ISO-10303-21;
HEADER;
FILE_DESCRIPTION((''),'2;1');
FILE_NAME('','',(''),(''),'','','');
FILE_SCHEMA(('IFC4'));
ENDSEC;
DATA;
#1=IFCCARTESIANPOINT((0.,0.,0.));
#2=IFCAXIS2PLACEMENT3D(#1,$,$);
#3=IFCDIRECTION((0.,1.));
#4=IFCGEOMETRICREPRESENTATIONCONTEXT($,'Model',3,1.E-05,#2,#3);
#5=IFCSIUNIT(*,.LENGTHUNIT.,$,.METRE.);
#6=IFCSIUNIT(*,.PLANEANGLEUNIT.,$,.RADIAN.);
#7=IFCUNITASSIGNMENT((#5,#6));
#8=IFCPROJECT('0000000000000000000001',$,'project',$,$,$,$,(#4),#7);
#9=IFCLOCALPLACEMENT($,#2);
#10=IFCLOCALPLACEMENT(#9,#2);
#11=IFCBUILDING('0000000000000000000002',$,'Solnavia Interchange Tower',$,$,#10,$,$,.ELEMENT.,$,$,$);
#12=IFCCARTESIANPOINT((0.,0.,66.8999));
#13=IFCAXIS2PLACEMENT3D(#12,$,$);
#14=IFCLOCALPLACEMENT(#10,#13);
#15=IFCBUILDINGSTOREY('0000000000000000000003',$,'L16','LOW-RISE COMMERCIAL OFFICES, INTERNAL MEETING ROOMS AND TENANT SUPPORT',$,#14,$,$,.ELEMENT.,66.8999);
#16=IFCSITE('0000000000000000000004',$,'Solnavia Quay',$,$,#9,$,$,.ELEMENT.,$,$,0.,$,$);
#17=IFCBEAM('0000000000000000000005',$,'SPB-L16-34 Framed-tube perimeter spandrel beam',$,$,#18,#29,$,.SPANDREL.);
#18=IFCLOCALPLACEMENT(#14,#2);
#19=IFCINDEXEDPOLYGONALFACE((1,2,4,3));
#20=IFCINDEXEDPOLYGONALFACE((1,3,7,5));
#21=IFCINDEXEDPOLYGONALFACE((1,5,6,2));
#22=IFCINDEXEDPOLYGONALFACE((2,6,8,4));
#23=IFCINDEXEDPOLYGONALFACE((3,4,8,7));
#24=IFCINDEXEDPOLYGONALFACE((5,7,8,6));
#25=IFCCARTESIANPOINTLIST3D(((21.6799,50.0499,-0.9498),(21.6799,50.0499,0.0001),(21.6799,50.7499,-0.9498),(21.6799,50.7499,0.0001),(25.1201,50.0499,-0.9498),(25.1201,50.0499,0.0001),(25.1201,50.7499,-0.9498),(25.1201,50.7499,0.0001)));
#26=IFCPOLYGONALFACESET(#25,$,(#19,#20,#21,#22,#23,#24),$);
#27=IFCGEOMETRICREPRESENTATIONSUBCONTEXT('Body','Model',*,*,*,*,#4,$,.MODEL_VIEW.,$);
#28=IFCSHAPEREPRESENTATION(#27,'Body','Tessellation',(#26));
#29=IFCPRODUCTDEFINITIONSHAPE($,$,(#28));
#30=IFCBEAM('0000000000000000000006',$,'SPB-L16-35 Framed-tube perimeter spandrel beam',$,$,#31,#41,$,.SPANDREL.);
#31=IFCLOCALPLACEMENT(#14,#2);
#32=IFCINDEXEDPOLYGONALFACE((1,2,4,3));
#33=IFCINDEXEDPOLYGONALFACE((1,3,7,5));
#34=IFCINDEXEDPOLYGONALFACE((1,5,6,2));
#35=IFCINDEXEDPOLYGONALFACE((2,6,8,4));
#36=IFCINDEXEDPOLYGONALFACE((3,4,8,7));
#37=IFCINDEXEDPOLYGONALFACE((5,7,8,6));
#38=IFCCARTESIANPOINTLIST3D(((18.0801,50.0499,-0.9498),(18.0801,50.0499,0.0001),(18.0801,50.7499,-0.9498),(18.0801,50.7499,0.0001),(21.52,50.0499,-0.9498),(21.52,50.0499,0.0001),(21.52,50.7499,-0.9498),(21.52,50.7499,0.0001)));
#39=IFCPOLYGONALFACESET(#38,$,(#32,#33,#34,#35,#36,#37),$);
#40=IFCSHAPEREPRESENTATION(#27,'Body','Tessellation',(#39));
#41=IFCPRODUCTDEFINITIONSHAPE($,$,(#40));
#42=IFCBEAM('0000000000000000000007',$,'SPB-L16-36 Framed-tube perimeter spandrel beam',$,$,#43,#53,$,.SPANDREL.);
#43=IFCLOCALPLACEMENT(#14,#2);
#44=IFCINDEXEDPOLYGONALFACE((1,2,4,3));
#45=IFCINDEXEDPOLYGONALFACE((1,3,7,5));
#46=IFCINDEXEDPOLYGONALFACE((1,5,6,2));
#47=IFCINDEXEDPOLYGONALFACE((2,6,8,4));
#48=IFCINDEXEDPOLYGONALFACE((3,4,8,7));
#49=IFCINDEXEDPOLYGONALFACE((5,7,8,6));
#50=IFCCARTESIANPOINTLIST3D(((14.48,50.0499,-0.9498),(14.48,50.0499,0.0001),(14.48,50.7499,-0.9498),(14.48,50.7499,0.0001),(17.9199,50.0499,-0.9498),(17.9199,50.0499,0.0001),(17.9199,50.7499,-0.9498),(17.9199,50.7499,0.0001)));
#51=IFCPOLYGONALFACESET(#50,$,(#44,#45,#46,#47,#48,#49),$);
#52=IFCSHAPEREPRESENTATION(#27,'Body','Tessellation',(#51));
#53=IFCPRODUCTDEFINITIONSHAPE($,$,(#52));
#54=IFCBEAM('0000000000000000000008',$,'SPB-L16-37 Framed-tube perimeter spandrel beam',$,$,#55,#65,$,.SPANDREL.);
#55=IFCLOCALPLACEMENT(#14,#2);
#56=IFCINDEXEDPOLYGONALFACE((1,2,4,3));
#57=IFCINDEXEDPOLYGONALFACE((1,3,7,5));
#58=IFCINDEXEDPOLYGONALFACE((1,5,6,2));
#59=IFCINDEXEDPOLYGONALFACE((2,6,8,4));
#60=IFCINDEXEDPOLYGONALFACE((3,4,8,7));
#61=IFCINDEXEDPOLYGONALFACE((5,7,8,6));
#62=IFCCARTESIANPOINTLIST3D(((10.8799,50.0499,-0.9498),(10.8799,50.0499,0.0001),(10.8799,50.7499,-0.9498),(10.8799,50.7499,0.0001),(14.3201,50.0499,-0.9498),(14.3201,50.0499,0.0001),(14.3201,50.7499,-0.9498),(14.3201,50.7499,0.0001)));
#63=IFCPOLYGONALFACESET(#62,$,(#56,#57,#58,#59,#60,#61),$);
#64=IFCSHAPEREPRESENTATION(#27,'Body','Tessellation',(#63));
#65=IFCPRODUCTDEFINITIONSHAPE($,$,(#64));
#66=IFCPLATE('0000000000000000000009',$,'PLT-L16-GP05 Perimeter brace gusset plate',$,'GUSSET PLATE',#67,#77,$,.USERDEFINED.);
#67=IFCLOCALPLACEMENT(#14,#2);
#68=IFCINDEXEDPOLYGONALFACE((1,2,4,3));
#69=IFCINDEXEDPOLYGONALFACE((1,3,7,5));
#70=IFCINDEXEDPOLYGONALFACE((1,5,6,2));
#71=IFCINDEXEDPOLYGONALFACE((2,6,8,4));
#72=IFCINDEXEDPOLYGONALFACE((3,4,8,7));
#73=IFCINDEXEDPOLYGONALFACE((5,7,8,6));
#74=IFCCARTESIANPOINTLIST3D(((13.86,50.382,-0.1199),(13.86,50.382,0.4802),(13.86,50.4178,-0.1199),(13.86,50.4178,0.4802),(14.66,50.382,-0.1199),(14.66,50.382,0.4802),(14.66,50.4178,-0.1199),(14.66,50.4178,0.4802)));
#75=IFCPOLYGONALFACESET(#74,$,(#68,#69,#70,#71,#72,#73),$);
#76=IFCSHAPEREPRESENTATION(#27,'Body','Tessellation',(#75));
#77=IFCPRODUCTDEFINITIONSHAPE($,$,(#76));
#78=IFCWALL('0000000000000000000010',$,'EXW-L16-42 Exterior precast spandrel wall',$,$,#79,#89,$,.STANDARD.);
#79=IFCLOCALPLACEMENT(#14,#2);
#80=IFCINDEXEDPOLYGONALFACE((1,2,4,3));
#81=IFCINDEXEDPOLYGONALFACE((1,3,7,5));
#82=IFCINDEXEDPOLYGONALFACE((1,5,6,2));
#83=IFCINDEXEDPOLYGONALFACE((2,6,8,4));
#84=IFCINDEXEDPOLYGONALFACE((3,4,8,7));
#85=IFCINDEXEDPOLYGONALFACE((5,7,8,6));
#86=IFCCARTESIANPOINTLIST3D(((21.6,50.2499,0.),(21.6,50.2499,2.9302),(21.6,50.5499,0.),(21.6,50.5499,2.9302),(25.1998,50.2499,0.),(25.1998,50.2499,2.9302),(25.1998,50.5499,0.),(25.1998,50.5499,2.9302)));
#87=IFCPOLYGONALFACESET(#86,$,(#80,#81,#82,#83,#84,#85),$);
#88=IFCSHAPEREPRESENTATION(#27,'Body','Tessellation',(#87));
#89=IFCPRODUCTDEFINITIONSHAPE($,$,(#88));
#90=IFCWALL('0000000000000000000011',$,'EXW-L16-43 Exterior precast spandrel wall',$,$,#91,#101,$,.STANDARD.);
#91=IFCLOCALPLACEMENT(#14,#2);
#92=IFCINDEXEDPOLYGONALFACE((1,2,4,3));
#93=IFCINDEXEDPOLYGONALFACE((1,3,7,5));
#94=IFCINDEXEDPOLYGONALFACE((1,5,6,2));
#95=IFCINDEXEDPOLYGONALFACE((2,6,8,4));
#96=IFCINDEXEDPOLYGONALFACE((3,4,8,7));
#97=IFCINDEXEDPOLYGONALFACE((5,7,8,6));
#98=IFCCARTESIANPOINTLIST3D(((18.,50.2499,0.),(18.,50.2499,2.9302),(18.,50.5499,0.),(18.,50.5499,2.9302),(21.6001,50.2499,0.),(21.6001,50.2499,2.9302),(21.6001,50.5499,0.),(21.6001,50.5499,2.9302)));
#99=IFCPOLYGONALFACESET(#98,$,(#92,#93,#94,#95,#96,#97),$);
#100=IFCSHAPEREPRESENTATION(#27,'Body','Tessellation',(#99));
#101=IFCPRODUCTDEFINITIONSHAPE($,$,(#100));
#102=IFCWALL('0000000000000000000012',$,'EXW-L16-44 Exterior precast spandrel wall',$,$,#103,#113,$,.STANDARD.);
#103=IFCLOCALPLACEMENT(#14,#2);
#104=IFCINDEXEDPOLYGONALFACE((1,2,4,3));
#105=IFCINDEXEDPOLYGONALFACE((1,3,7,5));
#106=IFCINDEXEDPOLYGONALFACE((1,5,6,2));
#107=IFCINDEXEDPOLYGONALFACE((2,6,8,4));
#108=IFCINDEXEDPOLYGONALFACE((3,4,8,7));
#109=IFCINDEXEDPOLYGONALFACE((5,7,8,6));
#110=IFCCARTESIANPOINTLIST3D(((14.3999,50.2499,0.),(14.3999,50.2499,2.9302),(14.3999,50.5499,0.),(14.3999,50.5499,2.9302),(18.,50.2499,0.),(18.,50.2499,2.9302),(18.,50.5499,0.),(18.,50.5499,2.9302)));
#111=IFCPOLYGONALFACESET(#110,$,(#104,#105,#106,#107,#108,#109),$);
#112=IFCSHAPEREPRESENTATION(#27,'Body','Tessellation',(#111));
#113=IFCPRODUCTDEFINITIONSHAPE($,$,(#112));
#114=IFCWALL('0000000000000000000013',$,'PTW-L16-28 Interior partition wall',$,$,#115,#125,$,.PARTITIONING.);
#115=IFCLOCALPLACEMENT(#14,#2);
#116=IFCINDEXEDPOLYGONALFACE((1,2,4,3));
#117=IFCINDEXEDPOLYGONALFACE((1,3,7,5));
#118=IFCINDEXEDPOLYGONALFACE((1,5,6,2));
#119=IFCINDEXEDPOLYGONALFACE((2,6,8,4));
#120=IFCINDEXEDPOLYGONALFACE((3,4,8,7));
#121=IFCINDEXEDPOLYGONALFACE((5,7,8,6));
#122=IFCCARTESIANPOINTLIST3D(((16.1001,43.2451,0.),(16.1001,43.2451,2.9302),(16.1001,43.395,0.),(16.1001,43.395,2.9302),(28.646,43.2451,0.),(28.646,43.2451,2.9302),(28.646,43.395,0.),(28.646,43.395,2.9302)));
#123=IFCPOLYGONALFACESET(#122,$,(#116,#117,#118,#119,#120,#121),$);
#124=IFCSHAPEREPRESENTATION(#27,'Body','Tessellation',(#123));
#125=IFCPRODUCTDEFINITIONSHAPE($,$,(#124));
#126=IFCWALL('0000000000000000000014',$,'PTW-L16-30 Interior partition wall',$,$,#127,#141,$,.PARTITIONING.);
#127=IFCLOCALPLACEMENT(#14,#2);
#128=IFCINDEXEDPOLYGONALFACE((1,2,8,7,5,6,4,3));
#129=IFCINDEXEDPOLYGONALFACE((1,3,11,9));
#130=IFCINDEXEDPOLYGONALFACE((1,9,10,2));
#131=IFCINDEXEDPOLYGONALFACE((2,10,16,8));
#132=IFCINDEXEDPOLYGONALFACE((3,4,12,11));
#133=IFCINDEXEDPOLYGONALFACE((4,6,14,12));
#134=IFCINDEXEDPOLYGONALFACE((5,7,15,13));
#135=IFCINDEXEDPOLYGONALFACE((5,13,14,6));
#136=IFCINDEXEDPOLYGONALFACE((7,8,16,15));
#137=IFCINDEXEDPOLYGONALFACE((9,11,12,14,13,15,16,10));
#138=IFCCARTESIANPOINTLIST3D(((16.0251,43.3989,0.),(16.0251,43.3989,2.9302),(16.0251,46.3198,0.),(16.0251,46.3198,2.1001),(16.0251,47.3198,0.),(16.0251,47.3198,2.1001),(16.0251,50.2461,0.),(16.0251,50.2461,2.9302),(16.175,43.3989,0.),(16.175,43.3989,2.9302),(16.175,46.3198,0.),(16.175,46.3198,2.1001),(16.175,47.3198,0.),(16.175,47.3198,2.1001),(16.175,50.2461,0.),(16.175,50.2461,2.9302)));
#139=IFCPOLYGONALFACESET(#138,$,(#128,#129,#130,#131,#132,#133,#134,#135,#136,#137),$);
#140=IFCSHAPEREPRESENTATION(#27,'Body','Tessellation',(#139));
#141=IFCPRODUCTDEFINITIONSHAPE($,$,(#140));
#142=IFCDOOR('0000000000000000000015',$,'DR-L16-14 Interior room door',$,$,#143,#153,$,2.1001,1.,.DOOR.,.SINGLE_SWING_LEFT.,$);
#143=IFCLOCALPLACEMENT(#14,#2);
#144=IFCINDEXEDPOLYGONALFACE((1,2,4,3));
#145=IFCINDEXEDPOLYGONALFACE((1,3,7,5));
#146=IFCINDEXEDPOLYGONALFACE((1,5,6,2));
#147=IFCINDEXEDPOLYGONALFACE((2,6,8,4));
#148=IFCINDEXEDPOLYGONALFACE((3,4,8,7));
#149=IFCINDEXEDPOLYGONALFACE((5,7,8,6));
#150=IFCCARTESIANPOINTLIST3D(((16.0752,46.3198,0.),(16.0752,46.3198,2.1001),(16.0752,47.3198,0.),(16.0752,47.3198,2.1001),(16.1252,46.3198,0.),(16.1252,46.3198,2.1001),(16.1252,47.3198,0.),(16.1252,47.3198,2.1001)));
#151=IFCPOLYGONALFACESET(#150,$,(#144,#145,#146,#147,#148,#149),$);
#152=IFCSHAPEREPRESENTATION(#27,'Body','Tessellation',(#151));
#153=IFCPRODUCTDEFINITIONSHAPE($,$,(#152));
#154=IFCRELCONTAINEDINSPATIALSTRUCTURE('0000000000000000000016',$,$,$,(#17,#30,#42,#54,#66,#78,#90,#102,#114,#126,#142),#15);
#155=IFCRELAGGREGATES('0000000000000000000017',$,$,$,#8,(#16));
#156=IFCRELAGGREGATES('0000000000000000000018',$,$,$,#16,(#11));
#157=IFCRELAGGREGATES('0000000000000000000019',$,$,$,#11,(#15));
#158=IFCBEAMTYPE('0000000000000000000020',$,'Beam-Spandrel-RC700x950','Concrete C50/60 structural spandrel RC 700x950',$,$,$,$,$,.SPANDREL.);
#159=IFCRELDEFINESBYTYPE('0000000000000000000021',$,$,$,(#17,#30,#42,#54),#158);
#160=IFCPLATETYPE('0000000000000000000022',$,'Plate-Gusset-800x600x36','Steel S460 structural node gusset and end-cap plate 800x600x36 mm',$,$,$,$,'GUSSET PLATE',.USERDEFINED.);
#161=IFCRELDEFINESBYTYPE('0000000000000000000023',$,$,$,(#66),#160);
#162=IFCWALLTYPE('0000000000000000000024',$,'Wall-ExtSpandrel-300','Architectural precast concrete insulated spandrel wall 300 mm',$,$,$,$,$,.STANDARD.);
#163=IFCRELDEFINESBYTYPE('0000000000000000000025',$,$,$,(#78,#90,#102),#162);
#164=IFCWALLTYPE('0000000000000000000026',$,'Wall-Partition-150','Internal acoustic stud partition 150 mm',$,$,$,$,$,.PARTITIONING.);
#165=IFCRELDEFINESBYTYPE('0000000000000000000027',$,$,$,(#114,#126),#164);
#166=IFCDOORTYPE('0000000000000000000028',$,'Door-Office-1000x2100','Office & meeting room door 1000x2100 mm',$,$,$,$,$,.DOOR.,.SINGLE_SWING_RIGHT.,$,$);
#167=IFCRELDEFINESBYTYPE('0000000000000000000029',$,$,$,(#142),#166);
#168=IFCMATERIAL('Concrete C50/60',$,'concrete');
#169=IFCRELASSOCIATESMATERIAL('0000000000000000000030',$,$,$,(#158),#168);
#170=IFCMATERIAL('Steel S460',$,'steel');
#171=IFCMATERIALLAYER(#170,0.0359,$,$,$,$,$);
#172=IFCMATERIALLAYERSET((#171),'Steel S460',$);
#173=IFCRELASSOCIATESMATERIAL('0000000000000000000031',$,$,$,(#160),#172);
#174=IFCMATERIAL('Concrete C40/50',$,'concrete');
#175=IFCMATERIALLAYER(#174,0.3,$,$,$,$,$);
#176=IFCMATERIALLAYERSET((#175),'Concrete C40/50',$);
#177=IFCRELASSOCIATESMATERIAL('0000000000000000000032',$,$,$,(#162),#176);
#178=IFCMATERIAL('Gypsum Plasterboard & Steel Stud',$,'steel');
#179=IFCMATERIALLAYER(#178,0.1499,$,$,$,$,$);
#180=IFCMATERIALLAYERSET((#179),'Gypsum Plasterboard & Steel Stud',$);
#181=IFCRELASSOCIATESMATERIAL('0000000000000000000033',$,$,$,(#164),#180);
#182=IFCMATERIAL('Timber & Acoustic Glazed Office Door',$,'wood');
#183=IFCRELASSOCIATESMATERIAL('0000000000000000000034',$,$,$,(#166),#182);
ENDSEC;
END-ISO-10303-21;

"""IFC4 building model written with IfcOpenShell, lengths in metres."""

from ifc_helpers import new_model, si_unit, direction, frame, frame_2d, origin, origin_2d, place, context, subcontext, project, spatial, rectangle, extrude, material, layer, layer_set, material_profile, profile_set, type_object, element, fill, save


model = new_model("IFC4")

# Units and contexts
model_context = context("Model", 3, precision=1e-05, world=origin(), true_north=direction((0.0, 1.0)))
body_context = subcontext(model_context, "Body", "Model", "MODEL_VIEW")
ifc_project = project(units=[si_unit("LENGTHUNIT", "METRE"), si_unit("PLANEANGLEUNIT", "RADIAN")], contexts=[model_context])

# Site, building, storey
site_placement = place(None, origin())
site = spatial("IfcSite", under=ifc_project, at=site_placement, Name="Solnavia Quay", CompositionType="ELEMENT", RefElevation=0.0)
building_placement = place(site_placement, origin())
building = spatial("IfcBuilding", under=site, at=building_placement, Name="Solnavia Interchange Tower", CompositionType="ELEMENT")
storey_placement = place(building_placement, frame((0.0, 0.0, 66.8999)))
storey = spatial("IfcBuildingStorey", under=building, at=storey_placement, Name="L16", Description="LOW-RISE COMMERCIAL OFFICES, INTERNAL MEETING ROOMS AND TENANT SUPPORT", CompositionType="ELEMENT", Elevation=66.8999)

# Beams
ifc_material_1 = material(Name="Steel S460", Category="steel")
ifc_material_2 = material(Name="Concrete C50/60", Category="concrete")
ifc_material_profile_1 = material_profile(ifc_material_2, rectangle(XDim=0.7, YDim=0.95, at=origin_2d()), Name="RC 700x950")
ifc_profile_set_1 = profile_set([ifc_material_profile_1], Name="Concrete C50/60")
beam_type_1 = type_object("IfcBeamType", Name="Beam-Spandrel-RC700x950", Description="Concrete C50/60 structural spandrel RC 700x950", PredefinedType="SPANDREL", material=ifc_profile_set_1)
beam_1_placement = place(storey_placement, frame((25.1201, 50.3999, -0.4749), z_axis=(-1.0, 0.0, 0.0), x_axis=(0.0, -1.0, 0.0)))
element("IfcBeam", 1, at=beam_1_placement, inside=storey, type_object=beam_type_1, Name="SPB-L16-34 Framed-tube perimeter spandrel beam", PredefinedType="SPANDREL", context=body_context, shape_type="SweptSolid", body=[
    extrude(rectangle(XDim=0.7, YDim=0.95, at=origin_2d()), origin(), (0.0, 0.0, 1.0), 3.4402),
])
for number, where, z_axis, x_axis, name in (
    (2, (21.52, 50.3999, -0.4749), (-1.0, 0.0, 0.0), (0.0, -1.0, 0.0), "SPB-L16-35 Framed-tube perimeter spandrel beam"),
    (3, (17.9199, 50.3999, -0.4749), (-1.0, 0.0, 0.0), (0.0, -1.0, 0.0), "SPB-L16-36 Framed-tube perimeter spandrel beam"),
):
    element("IfcBeam", number, at=place(storey_placement, frame(where, z_axis=z_axis, x_axis=x_axis)), inside=storey, type_object=beam_type_1, Name=name, PredefinedType="SPANDREL", context=body_context, shape_type="SweptSolid", body=[
        extrude(rectangle(XDim=0.7, YDim=0.95, at=origin_2d()), origin(), (0.0, 0.0, 1.0), 3.4399),
    ])
beam_2_placement = place(storey_placement, frame((14.3201, 50.3999, -0.4749), z_axis=(-1.0, 0.0, 0.0), x_axis=(0.0, -1.0, 0.0)))
element("IfcBeam", 4, at=beam_2_placement, inside=storey, type_object=beam_type_1, Name="SPB-L16-37 Framed-tube perimeter spandrel beam", PredefinedType="SPANDREL", context=body_context, shape_type="SweptSolid", body=[
    extrude(rectangle(XDim=0.7, YDim=0.95, at=origin_2d()), origin(), (0.0, 0.0, 1.0), 3.4402),
])

# Plate
ifc_layer_1 = layer(ifc_material_1, 0.0359)
ifc_layer_set_1 = layer_set([ifc_layer_1], Name="Steel S460")
plate_type = type_object("IfcPlateType", Name="Plate-Gusset-800x600x36", Description="Steel S460 structural node gusset and end-cap plate 800x600x36 mm", ElementType="GUSSET PLATE", PredefinedType="USERDEFINED", material=ifc_layer_set_1)
plate_placement = place(storey_placement, frame((14.26, 50.3999, -0.1199), z_axis=(0.0, 0.0, 1.0), x_axis=(-1.0, 0.0, 0.0)))
element("IfcPlate", 5, at=plate_placement, inside=storey, type_object=plate_type, Name="PLT-L16-GP05 Perimeter brace gusset plate", ObjectType="GUSSET PLATE", PredefinedType="USERDEFINED", context=body_context, shape_type="SweptSolid", body=[
    extrude(rectangle(XDim=0.8, YDim=0.0359, at=origin_2d()), origin(), (0.0, 0.0, 1.0), 0.6001),
])

# Walls
ifc_material_3 = material(Name="Concrete C40/50", Category="concrete")
ifc_layer_2 = layer(ifc_material_3, 0.3)
ifc_layer_set_2 = layer_set([ifc_layer_2], Name="Concrete C40/50")
wall_type_1 = type_object("IfcWallType", Name="Wall-ExtSpandrel-300", Description="Architectural precast concrete insulated spandrel wall 300 mm", PredefinedType="STANDARD", material=ifc_layer_set_2)
wall_1_placement = place(storey_placement, frame((21.6001, 50.3999, 0.0), z_axis=(0.0, 0.0, 1.0), x_axis=(1.0, 0.0, 0.0)))
element("IfcWall", 6, at=wall_1_placement, inside=storey, type_object=wall_type_1, Name="EXW-L16-42 Exterior precast spandrel wall", PredefinedType="STANDARD", context=body_context, shape_type="SweptSolid", body=[
    extrude(rectangle(XDim=3.5999, YDim=0.3, at=frame_2d((1.7998, 0.0))), origin(), (0.0, 0.0, 1.0), 2.9302),
])
for number, where, z_axis, x_axis, name in (
    (7, (18.0, 50.3999, 0.0), (0.0, 0.0, 1.0), (1.0, 0.0, 0.0), "EXW-L16-43 Exterior precast spandrel wall"),
    (8, (14.3999, 50.3999, 0.0), (0.0, 0.0, 1.0), (1.0, 0.0, 0.0), "EXW-L16-44 Exterior precast spandrel wall"),
):
    element("IfcWall", number, at=place(storey_placement, frame(where, z_axis=z_axis, x_axis=x_axis)), inside=storey, type_object=wall_type_1, Name=name, PredefinedType="STANDARD", context=body_context, shape_type="SweptSolid", body=[
        extrude(rectangle(XDim=3.6001, YDim=0.3, at=frame_2d((1.8, 0.0))), origin(), (0.0, 0.0, 1.0), 2.9302),
    ])
ifc_material_4 = material(Name="Gypsum Plasterboard & Steel Stud", Category="steel")
ifc_layer_3 = layer(ifc_material_4, 0.1499)
ifc_layer_set_3 = layer_set([ifc_layer_3], Name="Gypsum Plasterboard & Steel Stud")
wall_type_2 = type_object("IfcWallType", Name="Wall-Partition-150", Description="Internal acoustic stud partition 150 mm", PredefinedType="PARTITIONING", material=ifc_layer_set_3)
wall_2_placement = place(storey_placement, frame((16.1001, 43.3201, 0.0), z_axis=(0.0, 0.0, 1.0), x_axis=(1.0, 0.0, 0.0)))
element("IfcWall", 9, at=wall_2_placement, inside=storey, type_object=wall_type_2, Name="PTW-L16-28 Interior partition wall", PredefinedType="PARTITIONING", context=body_context, shape_type="SweptSolid", body=[
    extrude(rectangle(XDim=12.5459, YDim=0.1499, at=frame_2d((6.2729, 0.0))), origin(), (0.0, 0.0, 1.0), 2.9302),
])

# Wall, opening, door
wall_3_placement = place(storey_placement, frame((16.1001, 43.3989, 0.0), z_axis=(0.0, 0.0, 1.0), x_axis=(0.0, 1.0, 0.0)))
wall_3 = element("IfcWall", 10, at=wall_3_placement, inside=storey, type_object=wall_type_2, Name="PTW-L16-30 Interior partition wall", PredefinedType="PARTITIONING", context=body_context, shape_type="SweptSolid", body=[
    extrude(rectangle(XDim=6.8472, YDim=0.1499, at=frame_2d((3.4236, 0.0))), origin(), (0.0, 0.0, 1.0), 2.9302),
])
opening_placement = place(wall_3_placement, frame((2.9209, 0.0, 0.0)))
opening = element("IfcOpeningElement", 11, at=opening_placement, cuts=wall_3, PredefinedType="OPENING", context=body_context, shape_type="SweptSolid", body=[
    extrude(rectangle(XDim=1.0, YDim=2.1001, at=frame_2d((0.5, 1.05))), frame((0.0, 0.085, 0.0), z_axis=(0.0, -1.0, 0.0), x_axis=(1.0, 0.0, 0.0)), (0.0, 0.0, 1.0), 0.1699),
])
ifc_material_5 = material(Name="Timber & Acoustic Glazed Office Door", Category="wood")
door_type = type_object("IfcDoorType", Name="Door-Office-1000x2100", Description="Office & meeting room door 1000x2100 mm", OperationType="SINGLE_SWING_RIGHT", PredefinedType="DOOR", material=ifc_material_5)
door_placement = place(opening_placement, origin())
door = element("IfcDoor", 12, at=door_placement, inside=storey, type_object=door_type, Name="DR-L16-14 Interior room door", OperationType="SINGLE_SWING_LEFT", OverallHeight=2.1001, OverallWidth=1.0, PredefinedType="DOOR", context=body_context, shape_type="SweptSolid", body=[
    extrude(rectangle(XDim=1.0, YDim=2.1001, at=frame_2d((0.5, 1.05))), frame((0.0, 0.0249, 0.0), z_axis=(0.0, -1.0, 0.0), x_axis=(1.0, 0.0, 0.0)), (0.0, 0.0, 1.0), 0.05),
])
fill(opening, door)

save(model, "model.ifc")
